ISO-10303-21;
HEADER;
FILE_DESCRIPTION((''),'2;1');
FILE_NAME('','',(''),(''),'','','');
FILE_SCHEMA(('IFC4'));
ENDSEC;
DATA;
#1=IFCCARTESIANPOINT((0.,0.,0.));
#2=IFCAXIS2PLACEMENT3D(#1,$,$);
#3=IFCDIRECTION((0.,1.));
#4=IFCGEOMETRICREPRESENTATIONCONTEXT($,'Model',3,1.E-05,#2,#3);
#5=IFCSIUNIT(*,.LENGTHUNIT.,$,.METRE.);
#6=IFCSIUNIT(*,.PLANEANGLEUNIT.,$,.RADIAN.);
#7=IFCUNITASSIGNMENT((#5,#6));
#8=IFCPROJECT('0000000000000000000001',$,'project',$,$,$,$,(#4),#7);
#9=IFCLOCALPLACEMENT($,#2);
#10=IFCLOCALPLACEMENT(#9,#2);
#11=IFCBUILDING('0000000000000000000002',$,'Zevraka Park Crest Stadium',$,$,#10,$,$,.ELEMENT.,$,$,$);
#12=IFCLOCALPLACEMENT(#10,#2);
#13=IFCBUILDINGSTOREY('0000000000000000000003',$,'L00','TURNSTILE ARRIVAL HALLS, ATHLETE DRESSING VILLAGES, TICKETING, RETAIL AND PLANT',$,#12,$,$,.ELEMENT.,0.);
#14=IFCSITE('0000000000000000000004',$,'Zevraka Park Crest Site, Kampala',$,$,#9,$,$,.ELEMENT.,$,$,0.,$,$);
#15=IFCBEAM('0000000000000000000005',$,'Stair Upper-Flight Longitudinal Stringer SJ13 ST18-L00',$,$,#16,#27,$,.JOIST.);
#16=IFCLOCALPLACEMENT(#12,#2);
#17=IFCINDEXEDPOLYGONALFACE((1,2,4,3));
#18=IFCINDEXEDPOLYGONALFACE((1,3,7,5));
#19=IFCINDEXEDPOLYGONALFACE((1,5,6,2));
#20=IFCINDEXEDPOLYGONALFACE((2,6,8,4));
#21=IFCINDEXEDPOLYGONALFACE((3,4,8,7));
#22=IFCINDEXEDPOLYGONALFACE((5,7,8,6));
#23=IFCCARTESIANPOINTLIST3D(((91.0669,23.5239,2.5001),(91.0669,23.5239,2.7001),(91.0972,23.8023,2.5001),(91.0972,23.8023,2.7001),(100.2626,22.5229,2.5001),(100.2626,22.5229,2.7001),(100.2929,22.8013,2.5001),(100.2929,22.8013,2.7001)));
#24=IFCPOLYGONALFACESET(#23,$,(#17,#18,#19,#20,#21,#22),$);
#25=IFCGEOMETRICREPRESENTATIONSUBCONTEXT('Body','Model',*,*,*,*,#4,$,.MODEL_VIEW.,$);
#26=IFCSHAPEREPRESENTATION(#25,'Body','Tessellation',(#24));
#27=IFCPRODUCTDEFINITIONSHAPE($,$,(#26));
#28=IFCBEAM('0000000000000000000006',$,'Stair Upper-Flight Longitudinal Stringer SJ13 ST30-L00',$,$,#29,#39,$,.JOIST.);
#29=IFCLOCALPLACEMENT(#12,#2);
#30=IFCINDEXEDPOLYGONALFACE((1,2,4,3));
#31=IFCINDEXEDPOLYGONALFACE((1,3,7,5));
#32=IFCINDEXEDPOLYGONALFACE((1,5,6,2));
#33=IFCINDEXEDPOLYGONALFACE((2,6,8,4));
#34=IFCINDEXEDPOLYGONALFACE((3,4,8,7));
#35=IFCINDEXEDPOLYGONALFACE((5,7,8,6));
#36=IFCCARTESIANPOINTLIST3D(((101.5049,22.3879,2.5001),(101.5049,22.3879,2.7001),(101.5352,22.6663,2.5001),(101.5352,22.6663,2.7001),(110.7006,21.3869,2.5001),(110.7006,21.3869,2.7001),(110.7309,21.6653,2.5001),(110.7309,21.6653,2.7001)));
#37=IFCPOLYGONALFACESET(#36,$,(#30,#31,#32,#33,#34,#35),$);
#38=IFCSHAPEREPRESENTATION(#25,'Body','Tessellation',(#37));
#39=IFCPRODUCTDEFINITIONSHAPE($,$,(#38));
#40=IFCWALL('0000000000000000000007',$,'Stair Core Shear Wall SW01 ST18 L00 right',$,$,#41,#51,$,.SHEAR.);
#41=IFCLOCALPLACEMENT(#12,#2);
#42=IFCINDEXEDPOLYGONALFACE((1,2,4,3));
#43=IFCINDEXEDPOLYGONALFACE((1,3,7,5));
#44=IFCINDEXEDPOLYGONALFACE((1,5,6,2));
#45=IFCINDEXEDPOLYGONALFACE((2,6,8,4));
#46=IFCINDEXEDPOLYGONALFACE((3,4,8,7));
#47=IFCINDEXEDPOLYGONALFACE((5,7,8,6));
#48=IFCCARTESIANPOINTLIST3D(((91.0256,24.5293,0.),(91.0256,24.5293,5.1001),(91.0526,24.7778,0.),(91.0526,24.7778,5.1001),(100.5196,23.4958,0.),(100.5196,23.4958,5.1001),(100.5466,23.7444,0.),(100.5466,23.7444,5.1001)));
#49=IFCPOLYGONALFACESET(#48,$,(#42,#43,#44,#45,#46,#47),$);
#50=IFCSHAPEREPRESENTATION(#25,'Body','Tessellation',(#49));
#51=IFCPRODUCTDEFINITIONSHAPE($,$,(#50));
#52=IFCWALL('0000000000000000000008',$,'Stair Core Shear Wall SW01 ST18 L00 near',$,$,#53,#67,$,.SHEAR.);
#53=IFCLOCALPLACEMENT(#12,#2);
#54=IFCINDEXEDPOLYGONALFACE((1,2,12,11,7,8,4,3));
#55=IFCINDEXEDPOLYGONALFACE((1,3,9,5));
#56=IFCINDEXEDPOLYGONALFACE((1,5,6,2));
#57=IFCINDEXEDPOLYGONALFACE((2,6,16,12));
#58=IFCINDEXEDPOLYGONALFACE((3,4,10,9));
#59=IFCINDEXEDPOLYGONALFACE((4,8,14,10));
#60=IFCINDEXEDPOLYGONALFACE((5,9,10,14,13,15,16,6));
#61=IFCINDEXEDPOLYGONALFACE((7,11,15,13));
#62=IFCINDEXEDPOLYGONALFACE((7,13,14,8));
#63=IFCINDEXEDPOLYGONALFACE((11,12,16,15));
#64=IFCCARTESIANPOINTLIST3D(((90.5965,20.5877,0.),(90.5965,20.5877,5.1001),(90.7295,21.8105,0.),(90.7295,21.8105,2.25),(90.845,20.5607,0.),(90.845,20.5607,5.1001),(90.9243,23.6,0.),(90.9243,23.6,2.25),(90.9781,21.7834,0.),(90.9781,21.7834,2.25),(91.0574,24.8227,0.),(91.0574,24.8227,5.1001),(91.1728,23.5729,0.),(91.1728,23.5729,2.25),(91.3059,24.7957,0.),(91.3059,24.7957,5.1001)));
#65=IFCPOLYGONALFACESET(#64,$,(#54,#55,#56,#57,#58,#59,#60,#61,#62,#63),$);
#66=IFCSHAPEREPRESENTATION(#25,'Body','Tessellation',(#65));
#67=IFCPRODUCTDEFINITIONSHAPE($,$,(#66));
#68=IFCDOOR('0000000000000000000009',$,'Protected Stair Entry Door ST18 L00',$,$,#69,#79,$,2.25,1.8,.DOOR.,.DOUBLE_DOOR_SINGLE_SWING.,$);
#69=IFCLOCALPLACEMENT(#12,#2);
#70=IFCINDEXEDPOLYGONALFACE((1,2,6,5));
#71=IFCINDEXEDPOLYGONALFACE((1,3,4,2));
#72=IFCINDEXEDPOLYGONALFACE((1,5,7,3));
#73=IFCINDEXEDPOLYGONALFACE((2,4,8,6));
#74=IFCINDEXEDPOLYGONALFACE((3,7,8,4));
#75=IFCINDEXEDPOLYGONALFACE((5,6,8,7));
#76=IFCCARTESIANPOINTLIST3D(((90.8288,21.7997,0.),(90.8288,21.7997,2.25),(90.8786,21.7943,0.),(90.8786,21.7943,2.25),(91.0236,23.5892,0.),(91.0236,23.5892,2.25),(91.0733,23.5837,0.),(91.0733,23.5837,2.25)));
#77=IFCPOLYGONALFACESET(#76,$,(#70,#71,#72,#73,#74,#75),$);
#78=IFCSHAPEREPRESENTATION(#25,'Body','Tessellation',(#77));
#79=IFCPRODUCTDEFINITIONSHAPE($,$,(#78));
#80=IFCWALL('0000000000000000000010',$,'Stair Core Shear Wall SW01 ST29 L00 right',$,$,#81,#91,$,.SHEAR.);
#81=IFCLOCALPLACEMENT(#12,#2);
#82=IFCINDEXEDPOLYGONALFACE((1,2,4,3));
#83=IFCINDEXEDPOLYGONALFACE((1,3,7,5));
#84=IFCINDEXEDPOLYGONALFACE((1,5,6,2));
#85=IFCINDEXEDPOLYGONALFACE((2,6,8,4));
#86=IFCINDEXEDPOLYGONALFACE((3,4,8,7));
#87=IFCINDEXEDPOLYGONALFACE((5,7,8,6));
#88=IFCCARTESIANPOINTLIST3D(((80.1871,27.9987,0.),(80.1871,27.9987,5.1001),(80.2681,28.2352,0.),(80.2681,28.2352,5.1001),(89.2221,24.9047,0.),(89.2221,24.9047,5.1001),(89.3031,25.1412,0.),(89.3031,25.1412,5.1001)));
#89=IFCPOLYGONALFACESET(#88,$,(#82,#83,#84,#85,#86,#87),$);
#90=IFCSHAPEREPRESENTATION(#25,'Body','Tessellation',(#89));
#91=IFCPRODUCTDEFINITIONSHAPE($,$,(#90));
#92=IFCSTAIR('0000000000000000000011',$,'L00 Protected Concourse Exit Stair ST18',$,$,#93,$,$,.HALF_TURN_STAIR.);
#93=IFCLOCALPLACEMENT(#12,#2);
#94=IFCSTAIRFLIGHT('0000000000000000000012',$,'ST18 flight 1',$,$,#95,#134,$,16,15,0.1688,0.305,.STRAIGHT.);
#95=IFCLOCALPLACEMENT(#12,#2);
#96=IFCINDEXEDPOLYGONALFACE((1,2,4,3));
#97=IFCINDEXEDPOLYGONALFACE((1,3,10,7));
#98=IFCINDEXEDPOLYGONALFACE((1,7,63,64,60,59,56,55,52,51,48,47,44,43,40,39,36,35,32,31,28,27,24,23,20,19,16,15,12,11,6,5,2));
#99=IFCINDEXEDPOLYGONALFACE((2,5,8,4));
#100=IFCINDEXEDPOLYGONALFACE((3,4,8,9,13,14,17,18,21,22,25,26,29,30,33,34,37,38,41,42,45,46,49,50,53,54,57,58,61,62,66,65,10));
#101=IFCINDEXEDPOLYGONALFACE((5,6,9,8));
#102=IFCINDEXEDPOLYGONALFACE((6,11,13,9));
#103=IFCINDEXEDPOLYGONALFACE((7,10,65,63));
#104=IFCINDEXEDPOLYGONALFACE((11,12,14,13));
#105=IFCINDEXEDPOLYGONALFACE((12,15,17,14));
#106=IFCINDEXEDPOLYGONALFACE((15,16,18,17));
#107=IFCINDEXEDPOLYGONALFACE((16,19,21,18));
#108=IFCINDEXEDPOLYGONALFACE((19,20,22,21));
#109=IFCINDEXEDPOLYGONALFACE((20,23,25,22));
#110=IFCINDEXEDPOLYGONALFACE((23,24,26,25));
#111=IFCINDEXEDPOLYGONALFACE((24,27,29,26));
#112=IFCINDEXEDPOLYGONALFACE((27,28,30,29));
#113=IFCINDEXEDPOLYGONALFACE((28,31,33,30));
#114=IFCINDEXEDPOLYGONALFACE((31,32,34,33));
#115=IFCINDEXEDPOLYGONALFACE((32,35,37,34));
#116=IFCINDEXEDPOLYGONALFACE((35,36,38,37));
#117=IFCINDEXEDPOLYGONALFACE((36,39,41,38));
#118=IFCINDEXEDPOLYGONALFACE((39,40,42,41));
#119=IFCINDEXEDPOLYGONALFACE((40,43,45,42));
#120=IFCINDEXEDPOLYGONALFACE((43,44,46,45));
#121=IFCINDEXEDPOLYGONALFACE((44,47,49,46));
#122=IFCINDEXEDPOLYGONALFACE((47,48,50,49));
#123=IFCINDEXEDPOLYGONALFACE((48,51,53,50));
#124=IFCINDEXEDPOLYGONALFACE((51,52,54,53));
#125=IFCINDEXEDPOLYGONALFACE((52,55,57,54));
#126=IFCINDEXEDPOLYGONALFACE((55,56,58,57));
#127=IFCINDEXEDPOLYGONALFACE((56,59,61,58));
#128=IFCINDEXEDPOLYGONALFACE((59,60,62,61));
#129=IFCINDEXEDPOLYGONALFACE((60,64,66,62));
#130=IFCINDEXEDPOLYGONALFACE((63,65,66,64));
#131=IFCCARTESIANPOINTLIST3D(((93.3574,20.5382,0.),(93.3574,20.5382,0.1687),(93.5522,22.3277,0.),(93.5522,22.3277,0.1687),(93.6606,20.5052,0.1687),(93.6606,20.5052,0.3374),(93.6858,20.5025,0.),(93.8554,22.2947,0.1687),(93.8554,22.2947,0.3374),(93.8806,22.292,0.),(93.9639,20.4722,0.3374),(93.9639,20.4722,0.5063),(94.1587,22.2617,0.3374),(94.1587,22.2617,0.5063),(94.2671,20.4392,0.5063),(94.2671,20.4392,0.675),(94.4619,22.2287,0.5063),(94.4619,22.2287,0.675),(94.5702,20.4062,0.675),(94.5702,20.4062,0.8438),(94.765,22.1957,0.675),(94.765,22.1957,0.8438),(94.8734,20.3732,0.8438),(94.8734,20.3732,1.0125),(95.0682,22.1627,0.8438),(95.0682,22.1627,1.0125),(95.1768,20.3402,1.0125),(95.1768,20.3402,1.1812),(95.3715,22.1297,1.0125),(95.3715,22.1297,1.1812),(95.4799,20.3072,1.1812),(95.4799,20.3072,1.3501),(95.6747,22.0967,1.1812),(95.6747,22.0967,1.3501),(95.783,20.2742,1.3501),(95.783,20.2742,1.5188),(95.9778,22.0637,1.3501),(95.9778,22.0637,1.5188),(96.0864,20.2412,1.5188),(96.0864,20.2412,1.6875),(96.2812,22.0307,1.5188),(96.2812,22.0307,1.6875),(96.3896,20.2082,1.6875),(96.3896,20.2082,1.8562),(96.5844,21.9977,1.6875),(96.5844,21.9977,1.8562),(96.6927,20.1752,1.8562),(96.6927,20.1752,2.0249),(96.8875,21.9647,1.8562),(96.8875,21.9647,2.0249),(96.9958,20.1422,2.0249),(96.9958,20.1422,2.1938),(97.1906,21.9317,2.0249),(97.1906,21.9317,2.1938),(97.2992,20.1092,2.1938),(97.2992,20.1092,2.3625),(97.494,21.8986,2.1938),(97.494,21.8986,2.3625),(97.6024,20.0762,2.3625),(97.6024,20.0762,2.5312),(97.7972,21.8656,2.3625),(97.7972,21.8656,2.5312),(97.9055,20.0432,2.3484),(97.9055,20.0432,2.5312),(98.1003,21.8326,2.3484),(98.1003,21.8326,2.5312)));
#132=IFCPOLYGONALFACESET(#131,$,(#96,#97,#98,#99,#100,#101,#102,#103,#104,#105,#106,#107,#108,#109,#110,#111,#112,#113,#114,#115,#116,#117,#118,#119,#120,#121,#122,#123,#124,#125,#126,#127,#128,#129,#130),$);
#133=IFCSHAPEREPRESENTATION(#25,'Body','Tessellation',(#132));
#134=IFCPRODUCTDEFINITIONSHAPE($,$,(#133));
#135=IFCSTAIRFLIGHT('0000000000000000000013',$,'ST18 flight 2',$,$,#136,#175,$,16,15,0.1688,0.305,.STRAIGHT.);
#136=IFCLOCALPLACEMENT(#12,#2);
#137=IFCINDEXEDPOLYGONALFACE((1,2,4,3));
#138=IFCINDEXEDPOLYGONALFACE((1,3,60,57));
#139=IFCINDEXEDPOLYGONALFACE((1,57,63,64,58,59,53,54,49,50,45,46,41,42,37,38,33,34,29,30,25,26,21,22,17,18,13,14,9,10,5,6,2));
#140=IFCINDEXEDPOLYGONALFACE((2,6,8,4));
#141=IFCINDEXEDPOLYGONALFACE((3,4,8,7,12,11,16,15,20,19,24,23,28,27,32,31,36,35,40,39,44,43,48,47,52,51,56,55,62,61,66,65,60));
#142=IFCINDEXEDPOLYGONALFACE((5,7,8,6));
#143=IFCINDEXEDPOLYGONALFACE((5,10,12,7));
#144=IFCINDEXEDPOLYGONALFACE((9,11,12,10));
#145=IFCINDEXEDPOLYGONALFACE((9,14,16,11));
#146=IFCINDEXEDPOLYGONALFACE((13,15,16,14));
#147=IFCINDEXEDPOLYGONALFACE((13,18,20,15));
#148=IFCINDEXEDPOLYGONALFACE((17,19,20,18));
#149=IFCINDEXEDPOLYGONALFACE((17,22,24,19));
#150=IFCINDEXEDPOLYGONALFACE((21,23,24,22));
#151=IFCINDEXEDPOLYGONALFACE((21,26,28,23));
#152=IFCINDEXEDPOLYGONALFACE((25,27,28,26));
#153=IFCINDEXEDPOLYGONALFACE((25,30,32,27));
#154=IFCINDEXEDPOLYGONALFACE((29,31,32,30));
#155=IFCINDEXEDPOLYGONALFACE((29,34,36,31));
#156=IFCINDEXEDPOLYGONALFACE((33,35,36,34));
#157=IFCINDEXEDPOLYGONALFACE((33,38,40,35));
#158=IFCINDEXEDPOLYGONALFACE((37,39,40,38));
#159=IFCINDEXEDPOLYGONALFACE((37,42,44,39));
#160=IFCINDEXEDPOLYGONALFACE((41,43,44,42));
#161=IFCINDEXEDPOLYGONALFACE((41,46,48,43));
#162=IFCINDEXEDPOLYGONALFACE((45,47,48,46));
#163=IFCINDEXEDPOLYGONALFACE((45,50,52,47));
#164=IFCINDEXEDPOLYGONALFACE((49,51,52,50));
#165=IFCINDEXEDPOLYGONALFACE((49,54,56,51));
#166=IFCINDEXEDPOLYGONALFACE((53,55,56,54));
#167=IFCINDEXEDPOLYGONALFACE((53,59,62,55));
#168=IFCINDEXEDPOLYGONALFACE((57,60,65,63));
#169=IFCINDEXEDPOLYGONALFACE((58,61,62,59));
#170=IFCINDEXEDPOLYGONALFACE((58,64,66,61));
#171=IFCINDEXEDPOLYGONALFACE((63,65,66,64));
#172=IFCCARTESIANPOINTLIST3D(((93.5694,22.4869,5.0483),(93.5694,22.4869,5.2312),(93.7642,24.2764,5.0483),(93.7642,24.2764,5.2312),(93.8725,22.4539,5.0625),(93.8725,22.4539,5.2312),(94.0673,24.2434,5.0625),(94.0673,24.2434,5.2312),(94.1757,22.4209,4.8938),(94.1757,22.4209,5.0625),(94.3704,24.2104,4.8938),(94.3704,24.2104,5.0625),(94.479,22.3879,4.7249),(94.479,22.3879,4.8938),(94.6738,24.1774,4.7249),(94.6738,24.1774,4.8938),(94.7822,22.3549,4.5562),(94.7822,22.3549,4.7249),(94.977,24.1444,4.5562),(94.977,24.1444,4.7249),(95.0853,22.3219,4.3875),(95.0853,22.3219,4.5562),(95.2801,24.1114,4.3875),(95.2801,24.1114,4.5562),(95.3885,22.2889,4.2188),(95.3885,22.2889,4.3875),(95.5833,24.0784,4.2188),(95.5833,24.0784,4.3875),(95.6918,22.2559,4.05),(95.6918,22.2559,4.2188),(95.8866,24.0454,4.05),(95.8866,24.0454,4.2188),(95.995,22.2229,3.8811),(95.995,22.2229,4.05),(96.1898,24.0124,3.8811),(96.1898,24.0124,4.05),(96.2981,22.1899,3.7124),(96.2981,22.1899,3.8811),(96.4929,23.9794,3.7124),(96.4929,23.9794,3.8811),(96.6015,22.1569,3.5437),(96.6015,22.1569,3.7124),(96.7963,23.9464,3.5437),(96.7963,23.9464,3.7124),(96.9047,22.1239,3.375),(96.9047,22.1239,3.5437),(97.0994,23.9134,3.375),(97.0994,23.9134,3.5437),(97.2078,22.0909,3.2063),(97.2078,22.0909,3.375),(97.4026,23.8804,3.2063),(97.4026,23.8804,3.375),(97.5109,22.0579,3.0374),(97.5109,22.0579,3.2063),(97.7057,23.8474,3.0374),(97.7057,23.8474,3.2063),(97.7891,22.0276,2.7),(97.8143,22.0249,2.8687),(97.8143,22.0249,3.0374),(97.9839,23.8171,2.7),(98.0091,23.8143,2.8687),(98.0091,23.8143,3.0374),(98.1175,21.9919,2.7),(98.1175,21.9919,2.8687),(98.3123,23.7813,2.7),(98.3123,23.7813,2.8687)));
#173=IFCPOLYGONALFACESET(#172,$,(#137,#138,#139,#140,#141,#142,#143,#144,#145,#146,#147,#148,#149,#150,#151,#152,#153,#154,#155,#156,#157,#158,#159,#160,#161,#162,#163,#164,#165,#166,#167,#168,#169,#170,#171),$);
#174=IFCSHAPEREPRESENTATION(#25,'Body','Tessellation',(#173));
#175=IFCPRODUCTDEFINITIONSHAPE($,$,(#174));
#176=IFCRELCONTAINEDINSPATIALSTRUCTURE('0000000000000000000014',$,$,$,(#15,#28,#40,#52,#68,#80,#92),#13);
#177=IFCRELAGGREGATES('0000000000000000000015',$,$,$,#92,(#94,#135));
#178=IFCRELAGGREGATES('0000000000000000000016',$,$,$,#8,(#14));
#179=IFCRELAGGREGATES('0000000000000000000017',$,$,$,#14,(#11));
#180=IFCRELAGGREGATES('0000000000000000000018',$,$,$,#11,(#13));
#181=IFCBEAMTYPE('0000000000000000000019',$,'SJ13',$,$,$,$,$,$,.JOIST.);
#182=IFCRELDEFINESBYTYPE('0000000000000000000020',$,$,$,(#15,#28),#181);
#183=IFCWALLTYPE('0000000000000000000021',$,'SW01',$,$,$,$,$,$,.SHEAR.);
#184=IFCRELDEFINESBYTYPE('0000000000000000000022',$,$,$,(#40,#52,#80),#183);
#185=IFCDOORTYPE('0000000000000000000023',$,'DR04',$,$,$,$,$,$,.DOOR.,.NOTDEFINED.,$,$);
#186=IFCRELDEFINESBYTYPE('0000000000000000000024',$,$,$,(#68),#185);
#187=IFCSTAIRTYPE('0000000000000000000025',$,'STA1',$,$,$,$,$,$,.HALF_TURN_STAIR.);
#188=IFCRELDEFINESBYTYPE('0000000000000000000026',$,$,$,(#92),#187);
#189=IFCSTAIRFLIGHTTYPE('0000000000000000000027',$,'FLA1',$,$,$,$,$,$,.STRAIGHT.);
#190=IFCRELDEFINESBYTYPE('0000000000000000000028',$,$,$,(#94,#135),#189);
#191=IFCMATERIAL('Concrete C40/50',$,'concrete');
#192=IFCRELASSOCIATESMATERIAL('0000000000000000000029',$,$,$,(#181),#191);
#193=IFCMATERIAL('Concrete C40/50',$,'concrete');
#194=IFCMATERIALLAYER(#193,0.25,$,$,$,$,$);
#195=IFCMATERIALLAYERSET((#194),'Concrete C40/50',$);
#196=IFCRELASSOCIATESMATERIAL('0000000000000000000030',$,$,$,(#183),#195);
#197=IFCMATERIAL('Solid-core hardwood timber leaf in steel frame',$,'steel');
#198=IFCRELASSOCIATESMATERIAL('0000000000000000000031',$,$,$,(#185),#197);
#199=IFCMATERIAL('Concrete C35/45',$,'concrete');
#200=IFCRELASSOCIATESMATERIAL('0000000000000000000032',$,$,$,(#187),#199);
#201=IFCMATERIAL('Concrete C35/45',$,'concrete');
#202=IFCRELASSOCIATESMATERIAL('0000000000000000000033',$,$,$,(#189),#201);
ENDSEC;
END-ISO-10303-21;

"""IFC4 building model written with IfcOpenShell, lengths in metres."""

from ifc_helpers import new_model, si_unit, direction, frame, frame_2d, origin, origin_2d, place, context, subcontext, project, spatial, polyline, rectangle, outline, extrude, material, layer, layer_set, material_profile, profile_set, type_object, element, fill, aggregate, save


model = new_model("IFC4")

# Units and contexts
model_context = context("Model", 3, precision=1e-05, world=origin(), true_north=direction((0.0, 1.0)))
body_context = subcontext(model_context, "Body", "Model", "MODEL_VIEW")
ifc_project = project(units=[si_unit("LENGTHUNIT", "METRE"), si_unit("PLANEANGLEUNIT", "RADIAN")], contexts=[model_context])

# Site, building, storey
site_placement = place(None, origin())
site = spatial("IfcSite", under=ifc_project, at=site_placement, Name="Zevraka Park Crest Site, Kampala", CompositionType="ELEMENT", RefElevation=0.0)
building_placement = place(site_placement, origin())
building = spatial("IfcBuilding", under=site, at=building_placement, Name="Zevraka Park Crest Stadium", CompositionType="ELEMENT")
storey_placement = place(building_placement, origin())
storey = spatial("IfcBuildingStorey", under=building, at=storey_placement, Name="L00", Description="TURNSTILE ARRIVAL HALLS, ATHLETE DRESSING VILLAGES, TICKETING, RETAIL AND PLANT", CompositionType="ELEMENT", Elevation=0.0)

# Beams
ifc_material_1 = material(Name="Concrete C40/50", Category="concrete")
ifc_material_profile_1 = material_profile(ifc_material_1, rectangle(XDim=0.28, YDim=0.2, at=origin_2d()), Name="RC 200x280")
ifc_profile_set_1 = profile_set([ifc_material_profile_1], Name="Concrete C40/50")
beam_type = type_object("IfcBeamType", Name="SJ13", PredefinedType="JOIST", material=ifc_profile_set_1)
for number, where, z_axis, x_axis, name in (
    (1, (91.082, 23.6631, 2.6001), (0.994128, -0.108212, 0.0), (0.108212, 0.994128, 0.0), "Stair Upper-Flight Longitudinal Stringer SJ13 ST18-L00"),
    (2, (101.52, 22.5271, 2.6001), (0.994128, -0.108212, 0.0), (0.108212, 0.994128, 0.0), "Stair Upper-Flight Longitudinal Stringer SJ13 ST30-L00"),
):
    element("IfcBeam", number, at=place(storey_placement, frame(where, z_axis=z_axis, x_axis=x_axis)), inside=storey, type_object=beam_type, Name=name, PredefinedType="JOIST", context=body_context, shape_type="SweptSolid", body=[
        extrude(rectangle(XDim=0.28, YDim=0.2, at=origin_2d()), origin(), (0.0, 0.0, 1.0), 9.25),
    ])

# Wall
ifc_material_2 = material(Name="Concrete C40/50", Category="concrete")
ifc_layer = layer(ifc_material_2, 0.25)
ifc_layer_set = layer_set([ifc_layer], Name="Concrete C40/50")
wall_type = type_object("IfcWallType", Name="SW01", PredefinedType="SHEAR", material=ifc_layer_set)
wall_1_placement = place(storey_placement, frame((100.533, 23.6201, 0.0), z_axis=(0.0, 0.0, 1.0), x_axis=(-0.994128, 0.108215, 0.0)))
element("IfcWall", 3, at=wall_1_placement, inside=storey, type_object=wall_type, Name="Stair Core Shear Wall SW01 ST18 L00 right", PredefinedType="SHEAR", context=body_context, shape_type="SweptSolid", body=[
    extrude(rectangle(XDim=9.55, YDim=0.25, at=frame_2d((4.7749, 0.0))), origin(), (0.0, 0.0, 1.0), 5.1001),
])

# Wall, opening, door
wall_2_placement = place(storey_placement, frame((91.1816, 24.8091, 0.0), z_axis=(0.0, 0.0, 1.0), x_axis=(-0.108198, -0.994129, 0.0)))
wall_2 = element("IfcWall", 4, at=wall_2_placement, inside=storey, type_object=wall_type, Name="Stair Core Shear Wall SW01 ST18 L00 near", PredefinedType="SHEAR", context=body_context, shape_type="SweptSolid", body=[
    extrude(rectangle(XDim=4.26, YDim=0.25, at=frame_2d((2.1299, 0.0))), origin(), (0.0, 0.0, 1.0), 5.1001),
])
opening_placement = place(wall_2_placement, frame((1.23, 0.0, 0.0)))
opening = element("IfcOpeningElement", 5, at=opening_placement, cuts=wall_2, PredefinedType="OPENING", context=body_context, shape_type="SweptSolid", body=[
    extrude(rectangle(XDim=1.8, YDim=2.25, at=frame_2d((0.8999, 1.125))), frame((0.0, 0.135, 0.0), z_axis=(0.0, -1.0, 0.0), x_axis=(1.0, 0.0, 0.0)), (0.0, 0.0, 1.0), 0.27),
])
ifc_material_3 = material(Name="Solid-core hardwood timber leaf in steel frame", Category="steel")
door_type = type_object("IfcDoorType", Name="DR04", OperationType="NOTDEFINED", PredefinedType="DOOR", material=ifc_material_3)
door_placement = place(opening_placement, origin())
door = element("IfcDoor", 6, at=door_placement, inside=storey, type_object=door_type, Name="Protected Stair Entry Door ST18 L00", OperationType="DOUBLE_DOOR_SINGLE_SWING", OverallHeight=2.25, OverallWidth=1.8, PredefinedType="DOOR", context=body_context, shape_type="SweptSolid", body=[
    extrude(rectangle(XDim=1.8, YDim=2.25, at=frame_2d((0.8999, 1.125))), frame((0.0, 0.0249, 0.0), z_axis=(0.0, -1.0, 0.0), x_axis=(1.0, 0.0, 0.0)), (0.0, 0.0, 1.0), 0.05),
])
fill(opening, door)

# Wall
wall_3_placement = place(storey_placement, frame((89.2625, 25.0229, 0.0), z_axis=(0.0, 0.0, 1.0), x_axis=(-0.946064, 0.323979, 0.0)))
element("IfcWall", 7, at=wall_3_placement, inside=storey, type_object=wall_type, Name="Stair Core Shear Wall SW01 ST29 L00 right", PredefinedType="SHEAR", context=body_context, shape_type="SweptSolid", body=[
    extrude(rectangle(XDim=9.55, YDim=0.25, at=frame_2d((4.7749, 0.0))), origin(), (0.0, 0.0, 1.0), 5.1001),
])

# Stair, stair flights
ifc_material_4 = material(Name="Concrete C35/45", Category="concrete")
stair_type = type_object("IfcStairType", Name="STA1", PredefinedType="HALF_TURN_STAIR", material=ifc_material_4)
stair_1_placement = place(storey_placement, origin())
stair_1 = element("IfcStair", 8, at=stair_1_placement, inside=storey, type_object=stair_type, Name="L00 Protected Concourse Exit Stair ST18", PredefinedType="HALF_TURN_STAIR")
ifc_material_5 = material(Name="Concrete C35/45", Category="concrete")
stair_flight_type = type_object("IfcStairFlightType", Name="FLA1", PredefinedType="STRAIGHT", material=ifc_material_5)
stair_flight_1_placement = place(storey_placement, frame((93.4548, 21.4331, 0.0), z_axis=(0.0, 0.0, 1.0), x_axis=(0.994128, -0.108215, 0.0)))
stair_flight_1 = element("IfcStairFlight", 9, at=stair_flight_1_placement, type_object=stair_flight_type, Name="ST18 flight 1", NumberOfRisers=16, NumberOfTreads=15, PredefinedType="STRAIGHT", RiserHeight=0.1688, TreadLength=0.305, context=body_context, shape_type="SweptSolid", body=[
    extrude(outline(polyline([(0.0, 0.0), (0.0, 0.1687), (0.3049, 0.1687), (0.3049, 0.3374), (0.6101, 0.3374), (0.6101, 0.5063), (0.915, 0.5063), (0.915, 0.675), (1.22, 0.675), (1.22, 0.8438), (1.5249, 0.8438), (1.5249, 1.0125), (1.8301, 1.0125), (1.8301, 1.1812), (2.135, 1.1812), (2.135, 1.3501), (2.4399, 1.3501), (2.4399, 1.5188), (2.7451, 1.5188), (2.7451, 1.6875), (3.05, 1.6875), (3.05, 1.8562), (3.355, 1.8562), (3.355, 2.0249), (3.6599, 2.0249), (3.6599, 2.1938), (3.9651, 2.1938), (3.9651, 2.3625), (4.27, 2.3625), (4.27, 2.5312), (4.575, 2.5312), (4.575, 2.7), (4.575, 2.3484), (0.3303, 0.0), (0.0, 0.0)])), frame((0.0, 0.8999, 0.0), z_axis=(0.0, -1.0, 0.0), x_axis=(1.0, 0.0, 0.0)), (0.0, 0.0, 1.0), 1.8),
])
stair_flight_2_placement = place(storey_placement, frame((98.2148, 22.8865, 2.7), z_axis=(0.0, 0.0, 1.0), x_axis=(-0.994128, 0.108215, 0.0)))
stair_flight_2 = element("IfcStairFlight", 10, at=stair_flight_2_placement, type_object=stair_flight_type, Name="ST18 flight 2", NumberOfRisers=16, NumberOfTreads=15, PredefinedType="STRAIGHT", RiserHeight=0.1688, TreadLength=0.305, context=body_context, shape_type="SweptSolid", body=[
    extrude(outline(polyline([(0.0, 0.0), (0.0, 0.1687), (0.3049, 0.1687), (0.3049, 0.3374), (0.6101, 0.3374), (0.6101, 0.5063), (0.915, 0.5063), (0.915, 0.675), (1.22, 0.675), (1.22, 0.8438), (1.5249, 0.8438), (1.5249, 1.0125), (1.8301, 1.0125), (1.8301, 1.1812), (2.135, 1.1812), (2.135, 1.3501), (2.4399, 1.3501), (2.4399, 1.5188), (2.7451, 1.5188), (2.7451, 1.6875), (3.05, 1.6875), (3.05, 1.8562), (3.355, 1.8562), (3.355, 2.0249), (3.6599, 2.0249), (3.6599, 2.1938), (3.9651, 2.1938), (3.9651, 2.3625), (4.27, 2.3625), (4.27, 2.5312), (4.575, 2.5312), (4.575, 2.7), (4.575, 2.3484), (0.3303, 0.0), (0.0, 0.0)])), frame((0.0, 0.8999, 0.0), z_axis=(0.0, -1.0, 0.0), x_axis=(1.0, 0.0, 0.0)), (0.0, 0.0, 1.0), 1.8),
])
aggregate(stair_1, [stair_flight_1, stair_flight_2])

save(model, "model.ifc")
